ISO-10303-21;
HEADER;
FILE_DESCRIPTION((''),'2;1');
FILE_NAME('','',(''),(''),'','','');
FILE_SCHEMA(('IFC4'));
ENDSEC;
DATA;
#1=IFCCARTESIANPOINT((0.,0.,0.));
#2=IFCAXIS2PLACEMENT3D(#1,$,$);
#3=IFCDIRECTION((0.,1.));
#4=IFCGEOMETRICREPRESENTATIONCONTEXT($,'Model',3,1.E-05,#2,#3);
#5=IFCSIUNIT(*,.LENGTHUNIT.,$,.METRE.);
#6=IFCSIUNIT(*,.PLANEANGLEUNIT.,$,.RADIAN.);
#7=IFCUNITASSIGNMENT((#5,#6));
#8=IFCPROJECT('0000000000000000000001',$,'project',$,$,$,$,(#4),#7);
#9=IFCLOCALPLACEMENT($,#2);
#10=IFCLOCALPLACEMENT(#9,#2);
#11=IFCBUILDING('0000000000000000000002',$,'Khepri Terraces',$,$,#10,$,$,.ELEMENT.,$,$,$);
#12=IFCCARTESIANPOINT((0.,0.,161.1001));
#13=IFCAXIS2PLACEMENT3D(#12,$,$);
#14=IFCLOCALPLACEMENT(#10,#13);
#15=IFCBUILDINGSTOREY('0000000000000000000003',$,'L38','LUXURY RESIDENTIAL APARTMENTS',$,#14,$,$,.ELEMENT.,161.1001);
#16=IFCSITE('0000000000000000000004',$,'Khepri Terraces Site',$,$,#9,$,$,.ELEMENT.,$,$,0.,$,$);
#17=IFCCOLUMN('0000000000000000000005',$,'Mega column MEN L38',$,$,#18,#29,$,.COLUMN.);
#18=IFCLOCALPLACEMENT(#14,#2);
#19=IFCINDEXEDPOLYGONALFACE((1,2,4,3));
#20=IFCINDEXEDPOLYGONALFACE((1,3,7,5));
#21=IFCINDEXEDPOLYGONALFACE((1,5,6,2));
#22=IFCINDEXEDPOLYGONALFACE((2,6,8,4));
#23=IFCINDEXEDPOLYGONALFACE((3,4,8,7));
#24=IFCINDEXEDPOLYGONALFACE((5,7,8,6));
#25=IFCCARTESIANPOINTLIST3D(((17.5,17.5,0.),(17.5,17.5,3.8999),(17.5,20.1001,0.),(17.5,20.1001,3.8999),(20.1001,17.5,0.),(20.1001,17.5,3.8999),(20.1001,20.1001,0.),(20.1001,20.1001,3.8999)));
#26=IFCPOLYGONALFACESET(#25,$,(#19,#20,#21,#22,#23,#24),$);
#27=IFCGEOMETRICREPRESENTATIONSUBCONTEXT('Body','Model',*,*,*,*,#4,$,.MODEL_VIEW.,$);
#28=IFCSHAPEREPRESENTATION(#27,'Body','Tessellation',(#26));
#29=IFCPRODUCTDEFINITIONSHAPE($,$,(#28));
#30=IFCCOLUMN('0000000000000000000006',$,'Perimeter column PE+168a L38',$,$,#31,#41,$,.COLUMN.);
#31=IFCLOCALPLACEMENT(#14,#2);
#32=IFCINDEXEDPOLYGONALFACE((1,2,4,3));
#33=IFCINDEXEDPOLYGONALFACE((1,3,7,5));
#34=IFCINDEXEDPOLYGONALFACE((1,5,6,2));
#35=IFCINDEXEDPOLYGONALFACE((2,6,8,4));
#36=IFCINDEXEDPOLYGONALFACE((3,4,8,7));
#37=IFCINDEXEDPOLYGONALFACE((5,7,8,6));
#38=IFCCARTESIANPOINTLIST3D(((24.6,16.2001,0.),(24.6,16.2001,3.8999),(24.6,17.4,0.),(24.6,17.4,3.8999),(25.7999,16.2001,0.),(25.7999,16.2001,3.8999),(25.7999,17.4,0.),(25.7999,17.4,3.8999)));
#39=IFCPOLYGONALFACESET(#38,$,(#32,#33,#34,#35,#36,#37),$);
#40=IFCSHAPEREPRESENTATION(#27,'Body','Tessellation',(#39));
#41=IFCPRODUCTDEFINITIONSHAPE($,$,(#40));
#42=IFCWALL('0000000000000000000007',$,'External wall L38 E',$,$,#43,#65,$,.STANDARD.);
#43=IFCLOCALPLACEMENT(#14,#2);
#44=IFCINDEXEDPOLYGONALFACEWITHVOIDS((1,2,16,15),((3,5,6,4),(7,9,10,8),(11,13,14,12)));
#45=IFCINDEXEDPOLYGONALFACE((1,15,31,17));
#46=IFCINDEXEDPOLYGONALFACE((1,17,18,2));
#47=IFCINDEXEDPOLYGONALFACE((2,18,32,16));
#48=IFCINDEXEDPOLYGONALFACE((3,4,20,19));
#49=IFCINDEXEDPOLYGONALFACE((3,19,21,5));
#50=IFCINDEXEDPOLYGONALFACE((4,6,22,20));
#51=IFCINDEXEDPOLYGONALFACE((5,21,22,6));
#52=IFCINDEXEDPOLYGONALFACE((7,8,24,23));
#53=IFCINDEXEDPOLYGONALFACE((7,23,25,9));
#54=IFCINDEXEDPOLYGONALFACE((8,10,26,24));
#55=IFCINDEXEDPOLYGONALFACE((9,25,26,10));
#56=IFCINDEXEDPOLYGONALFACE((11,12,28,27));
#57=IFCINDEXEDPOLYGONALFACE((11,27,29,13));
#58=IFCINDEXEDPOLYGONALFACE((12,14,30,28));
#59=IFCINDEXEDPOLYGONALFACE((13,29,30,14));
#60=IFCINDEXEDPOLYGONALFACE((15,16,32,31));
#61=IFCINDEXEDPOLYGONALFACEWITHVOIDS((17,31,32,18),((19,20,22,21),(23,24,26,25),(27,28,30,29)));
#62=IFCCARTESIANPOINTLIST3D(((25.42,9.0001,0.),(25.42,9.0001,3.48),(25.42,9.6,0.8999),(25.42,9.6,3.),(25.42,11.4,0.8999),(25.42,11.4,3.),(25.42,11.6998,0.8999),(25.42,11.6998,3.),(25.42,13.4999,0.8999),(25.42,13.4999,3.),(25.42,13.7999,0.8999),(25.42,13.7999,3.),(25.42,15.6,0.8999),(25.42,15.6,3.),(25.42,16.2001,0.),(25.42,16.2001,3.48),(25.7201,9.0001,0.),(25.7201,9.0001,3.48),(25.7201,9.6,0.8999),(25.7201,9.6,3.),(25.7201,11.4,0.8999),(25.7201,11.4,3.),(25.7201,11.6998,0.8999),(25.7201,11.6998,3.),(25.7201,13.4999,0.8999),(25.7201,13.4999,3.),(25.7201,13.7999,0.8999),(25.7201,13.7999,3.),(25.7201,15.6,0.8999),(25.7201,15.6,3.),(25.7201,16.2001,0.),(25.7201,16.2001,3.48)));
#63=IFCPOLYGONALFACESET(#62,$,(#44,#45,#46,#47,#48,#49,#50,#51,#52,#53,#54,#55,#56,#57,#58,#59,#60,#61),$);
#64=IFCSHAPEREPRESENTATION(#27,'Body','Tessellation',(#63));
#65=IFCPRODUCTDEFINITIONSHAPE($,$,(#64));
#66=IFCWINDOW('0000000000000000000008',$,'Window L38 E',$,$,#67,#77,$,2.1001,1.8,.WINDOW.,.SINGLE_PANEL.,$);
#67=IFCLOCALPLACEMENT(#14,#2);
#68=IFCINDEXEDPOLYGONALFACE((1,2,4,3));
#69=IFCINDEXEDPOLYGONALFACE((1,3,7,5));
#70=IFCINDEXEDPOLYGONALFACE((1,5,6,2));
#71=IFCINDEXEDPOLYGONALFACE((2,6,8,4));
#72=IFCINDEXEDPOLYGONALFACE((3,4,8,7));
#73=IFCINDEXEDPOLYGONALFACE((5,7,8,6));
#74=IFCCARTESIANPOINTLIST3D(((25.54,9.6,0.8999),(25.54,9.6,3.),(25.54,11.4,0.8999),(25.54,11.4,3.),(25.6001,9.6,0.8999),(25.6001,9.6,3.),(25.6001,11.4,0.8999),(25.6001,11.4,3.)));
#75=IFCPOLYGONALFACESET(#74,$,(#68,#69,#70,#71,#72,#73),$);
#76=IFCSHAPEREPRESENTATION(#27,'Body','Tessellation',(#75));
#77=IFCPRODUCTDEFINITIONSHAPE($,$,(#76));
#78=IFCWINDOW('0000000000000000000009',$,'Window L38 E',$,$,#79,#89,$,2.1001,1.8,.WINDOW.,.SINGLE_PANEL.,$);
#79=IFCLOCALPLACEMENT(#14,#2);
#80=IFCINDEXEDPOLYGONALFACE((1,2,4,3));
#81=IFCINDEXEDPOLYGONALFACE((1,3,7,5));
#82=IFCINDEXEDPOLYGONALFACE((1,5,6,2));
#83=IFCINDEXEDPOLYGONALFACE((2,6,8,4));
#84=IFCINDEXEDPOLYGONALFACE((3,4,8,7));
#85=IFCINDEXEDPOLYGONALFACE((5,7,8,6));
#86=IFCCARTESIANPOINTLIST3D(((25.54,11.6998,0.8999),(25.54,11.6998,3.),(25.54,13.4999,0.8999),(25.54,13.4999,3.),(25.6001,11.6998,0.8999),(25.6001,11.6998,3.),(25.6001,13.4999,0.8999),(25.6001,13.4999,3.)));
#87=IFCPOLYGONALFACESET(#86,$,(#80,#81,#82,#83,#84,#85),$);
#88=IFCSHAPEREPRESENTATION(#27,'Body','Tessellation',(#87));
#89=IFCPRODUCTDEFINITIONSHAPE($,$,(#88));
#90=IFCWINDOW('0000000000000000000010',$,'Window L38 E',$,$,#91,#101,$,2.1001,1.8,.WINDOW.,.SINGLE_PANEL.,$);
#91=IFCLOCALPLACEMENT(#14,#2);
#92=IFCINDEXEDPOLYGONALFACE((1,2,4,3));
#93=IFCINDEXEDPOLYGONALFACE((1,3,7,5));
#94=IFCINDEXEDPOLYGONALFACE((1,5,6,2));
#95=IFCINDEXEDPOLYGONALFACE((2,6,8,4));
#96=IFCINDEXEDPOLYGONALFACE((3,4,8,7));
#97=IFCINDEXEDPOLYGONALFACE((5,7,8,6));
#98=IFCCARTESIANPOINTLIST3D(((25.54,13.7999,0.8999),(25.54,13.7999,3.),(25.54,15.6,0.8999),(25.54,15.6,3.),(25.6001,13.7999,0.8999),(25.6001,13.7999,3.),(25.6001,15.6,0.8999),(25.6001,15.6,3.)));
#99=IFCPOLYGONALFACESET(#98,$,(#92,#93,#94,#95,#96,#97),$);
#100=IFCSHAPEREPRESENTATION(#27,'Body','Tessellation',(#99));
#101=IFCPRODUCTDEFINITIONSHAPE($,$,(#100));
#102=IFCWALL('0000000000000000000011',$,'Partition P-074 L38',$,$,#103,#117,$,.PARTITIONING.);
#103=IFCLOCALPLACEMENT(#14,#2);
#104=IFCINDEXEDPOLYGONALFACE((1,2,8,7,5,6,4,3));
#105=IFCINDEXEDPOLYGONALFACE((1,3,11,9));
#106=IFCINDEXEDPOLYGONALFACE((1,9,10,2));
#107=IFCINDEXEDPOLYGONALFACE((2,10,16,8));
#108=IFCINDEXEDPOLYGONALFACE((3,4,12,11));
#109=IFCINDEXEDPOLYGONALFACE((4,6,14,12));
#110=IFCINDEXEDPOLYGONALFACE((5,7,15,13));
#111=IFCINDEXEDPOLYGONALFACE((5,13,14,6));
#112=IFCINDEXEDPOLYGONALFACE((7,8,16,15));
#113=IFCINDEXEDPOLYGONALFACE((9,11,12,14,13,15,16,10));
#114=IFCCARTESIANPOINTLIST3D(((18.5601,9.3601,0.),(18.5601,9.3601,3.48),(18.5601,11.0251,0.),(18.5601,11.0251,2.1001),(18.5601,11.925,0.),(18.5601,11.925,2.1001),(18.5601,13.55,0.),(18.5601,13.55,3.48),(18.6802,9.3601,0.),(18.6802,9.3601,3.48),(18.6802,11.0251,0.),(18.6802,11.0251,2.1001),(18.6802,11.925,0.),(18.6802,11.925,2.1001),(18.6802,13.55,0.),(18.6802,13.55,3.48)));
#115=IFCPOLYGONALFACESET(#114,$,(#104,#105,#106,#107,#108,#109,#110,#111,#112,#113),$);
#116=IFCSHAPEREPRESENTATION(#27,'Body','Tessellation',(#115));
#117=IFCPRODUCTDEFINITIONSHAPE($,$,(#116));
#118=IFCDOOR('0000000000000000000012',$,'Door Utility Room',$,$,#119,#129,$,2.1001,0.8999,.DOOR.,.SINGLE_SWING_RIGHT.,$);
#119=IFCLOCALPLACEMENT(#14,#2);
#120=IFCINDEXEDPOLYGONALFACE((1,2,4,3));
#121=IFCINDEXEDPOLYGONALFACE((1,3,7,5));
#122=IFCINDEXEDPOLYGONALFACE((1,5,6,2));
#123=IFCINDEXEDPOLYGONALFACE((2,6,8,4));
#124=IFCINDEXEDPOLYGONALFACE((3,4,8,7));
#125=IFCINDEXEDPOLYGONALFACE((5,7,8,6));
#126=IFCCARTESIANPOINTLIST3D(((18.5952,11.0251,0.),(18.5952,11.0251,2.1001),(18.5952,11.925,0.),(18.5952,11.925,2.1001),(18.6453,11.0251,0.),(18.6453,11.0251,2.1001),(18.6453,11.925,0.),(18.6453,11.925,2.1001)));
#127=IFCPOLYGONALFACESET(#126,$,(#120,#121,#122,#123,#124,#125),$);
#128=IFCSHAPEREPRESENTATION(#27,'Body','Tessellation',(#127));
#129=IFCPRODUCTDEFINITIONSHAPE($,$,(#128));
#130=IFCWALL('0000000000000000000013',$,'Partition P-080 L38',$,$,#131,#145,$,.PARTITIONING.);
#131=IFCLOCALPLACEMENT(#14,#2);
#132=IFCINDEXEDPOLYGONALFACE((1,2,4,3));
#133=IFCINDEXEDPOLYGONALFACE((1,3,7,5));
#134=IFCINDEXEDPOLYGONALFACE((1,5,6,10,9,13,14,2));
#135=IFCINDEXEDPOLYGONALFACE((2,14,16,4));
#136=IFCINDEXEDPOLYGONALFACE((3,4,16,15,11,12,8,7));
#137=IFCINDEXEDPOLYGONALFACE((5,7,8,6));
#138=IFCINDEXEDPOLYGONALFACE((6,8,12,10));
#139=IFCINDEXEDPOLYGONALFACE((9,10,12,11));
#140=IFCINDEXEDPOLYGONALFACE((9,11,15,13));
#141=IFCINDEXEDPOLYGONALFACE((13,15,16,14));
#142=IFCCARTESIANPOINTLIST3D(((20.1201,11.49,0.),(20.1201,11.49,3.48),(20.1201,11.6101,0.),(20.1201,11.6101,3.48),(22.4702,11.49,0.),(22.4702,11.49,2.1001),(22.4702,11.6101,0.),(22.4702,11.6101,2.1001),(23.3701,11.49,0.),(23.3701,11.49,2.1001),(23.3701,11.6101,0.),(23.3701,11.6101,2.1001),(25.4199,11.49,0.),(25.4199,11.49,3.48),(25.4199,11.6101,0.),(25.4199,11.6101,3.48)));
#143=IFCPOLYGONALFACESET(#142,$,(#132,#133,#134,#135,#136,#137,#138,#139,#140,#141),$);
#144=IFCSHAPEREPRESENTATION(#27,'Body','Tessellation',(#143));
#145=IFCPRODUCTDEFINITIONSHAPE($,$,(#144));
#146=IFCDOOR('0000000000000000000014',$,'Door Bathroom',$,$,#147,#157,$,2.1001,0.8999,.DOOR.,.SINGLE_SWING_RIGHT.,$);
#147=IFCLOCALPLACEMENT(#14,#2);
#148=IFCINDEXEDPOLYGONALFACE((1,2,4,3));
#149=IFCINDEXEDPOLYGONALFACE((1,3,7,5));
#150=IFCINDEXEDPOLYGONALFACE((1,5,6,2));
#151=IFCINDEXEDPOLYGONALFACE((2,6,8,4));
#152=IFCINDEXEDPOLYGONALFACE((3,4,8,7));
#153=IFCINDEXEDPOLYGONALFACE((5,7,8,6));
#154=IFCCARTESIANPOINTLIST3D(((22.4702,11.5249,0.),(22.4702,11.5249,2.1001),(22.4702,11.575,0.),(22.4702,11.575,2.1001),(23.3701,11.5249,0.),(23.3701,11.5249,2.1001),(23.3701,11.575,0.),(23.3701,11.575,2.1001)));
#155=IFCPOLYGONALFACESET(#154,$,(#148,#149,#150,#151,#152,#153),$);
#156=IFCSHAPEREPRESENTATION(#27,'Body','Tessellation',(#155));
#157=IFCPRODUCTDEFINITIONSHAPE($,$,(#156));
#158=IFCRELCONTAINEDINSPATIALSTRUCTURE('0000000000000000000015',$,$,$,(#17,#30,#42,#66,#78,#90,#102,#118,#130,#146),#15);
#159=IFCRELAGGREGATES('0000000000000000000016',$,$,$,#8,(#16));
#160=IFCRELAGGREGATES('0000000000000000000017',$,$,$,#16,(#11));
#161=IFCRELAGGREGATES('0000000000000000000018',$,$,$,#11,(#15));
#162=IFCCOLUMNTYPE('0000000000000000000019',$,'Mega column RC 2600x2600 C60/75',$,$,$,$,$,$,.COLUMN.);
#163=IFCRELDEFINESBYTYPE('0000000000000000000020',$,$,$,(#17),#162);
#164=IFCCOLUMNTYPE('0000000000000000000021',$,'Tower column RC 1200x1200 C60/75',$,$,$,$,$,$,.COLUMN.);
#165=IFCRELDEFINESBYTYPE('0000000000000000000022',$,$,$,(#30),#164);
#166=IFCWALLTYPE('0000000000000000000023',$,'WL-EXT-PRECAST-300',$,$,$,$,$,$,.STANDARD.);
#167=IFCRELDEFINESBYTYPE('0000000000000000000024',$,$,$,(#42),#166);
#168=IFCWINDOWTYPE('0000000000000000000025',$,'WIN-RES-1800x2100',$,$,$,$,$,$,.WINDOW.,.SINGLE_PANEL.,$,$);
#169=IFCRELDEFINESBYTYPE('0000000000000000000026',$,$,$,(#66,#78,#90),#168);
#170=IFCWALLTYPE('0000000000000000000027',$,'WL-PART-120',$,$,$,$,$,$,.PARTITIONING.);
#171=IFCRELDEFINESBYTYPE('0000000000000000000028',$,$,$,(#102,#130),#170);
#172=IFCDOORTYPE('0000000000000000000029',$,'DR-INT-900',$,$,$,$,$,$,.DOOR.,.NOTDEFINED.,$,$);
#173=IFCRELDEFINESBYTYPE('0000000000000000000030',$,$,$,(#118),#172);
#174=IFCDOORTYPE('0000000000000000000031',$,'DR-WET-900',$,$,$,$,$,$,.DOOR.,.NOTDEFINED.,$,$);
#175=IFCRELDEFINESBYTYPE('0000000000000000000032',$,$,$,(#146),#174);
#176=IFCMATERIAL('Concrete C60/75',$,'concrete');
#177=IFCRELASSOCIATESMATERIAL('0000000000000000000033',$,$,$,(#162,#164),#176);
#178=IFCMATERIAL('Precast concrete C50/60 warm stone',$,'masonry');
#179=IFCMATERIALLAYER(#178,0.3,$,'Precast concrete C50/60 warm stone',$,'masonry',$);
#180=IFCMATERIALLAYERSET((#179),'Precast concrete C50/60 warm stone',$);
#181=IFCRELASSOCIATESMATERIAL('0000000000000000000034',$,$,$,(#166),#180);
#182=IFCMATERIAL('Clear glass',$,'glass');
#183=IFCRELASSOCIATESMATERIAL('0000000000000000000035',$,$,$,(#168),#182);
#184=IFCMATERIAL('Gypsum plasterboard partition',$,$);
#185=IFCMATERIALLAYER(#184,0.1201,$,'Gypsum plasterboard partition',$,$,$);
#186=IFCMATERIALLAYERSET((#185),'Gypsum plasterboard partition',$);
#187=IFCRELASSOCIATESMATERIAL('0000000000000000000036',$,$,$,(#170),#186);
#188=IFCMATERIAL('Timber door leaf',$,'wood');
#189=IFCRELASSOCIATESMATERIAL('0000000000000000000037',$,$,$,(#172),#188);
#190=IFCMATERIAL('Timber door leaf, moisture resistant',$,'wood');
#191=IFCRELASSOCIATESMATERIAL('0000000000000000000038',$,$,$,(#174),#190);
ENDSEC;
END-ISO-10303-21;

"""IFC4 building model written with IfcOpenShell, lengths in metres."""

from ifc_helpers import new_model, si_unit, direction, frame, frame_2d, origin, origin_2d, place, context, subcontext, project, spatial, rectangle, extrude, material, layer, layer_set, material_profile, profile_set, type_object, element, fill, save


model = new_model("IFC4")

# Units and contexts
model_context = context("Model", 3, precision=1e-05, world=origin(), true_north=direction((0.0, 1.0)))
body_context = subcontext(model_context, "Body", "Model", "MODEL_VIEW")
ifc_project = project(units=[si_unit("LENGTHUNIT", "METRE"), si_unit("PLANEANGLEUNIT", "RADIAN")], contexts=[model_context])

# Site, building, storey
site_placement = place(None, origin())
site = spatial("IfcSite", under=ifc_project, at=site_placement, Name="Khepri Terraces Site", CompositionType="ELEMENT", RefElevation=0.0)
building_placement = place(site_placement, origin())
building = spatial("IfcBuilding", under=site, at=building_placement, Name="Khepri Terraces", CompositionType="ELEMENT")
storey_placement = place(building_placement, frame((0.0, 0.0, 161.1001)))
storey = spatial("IfcBuildingStorey", under=building, at=storey_placement, Name="L38", Description="LUXURY RESIDENTIAL APARTMENTS", CompositionType="ELEMENT", Elevation=161.1001)

# Columns
ifc_material_1 = material(Name="Concrete C60/75", Category="concrete")
ifc_material_profile_1 = material_profile(ifc_material_1, rectangle(XDim=2.6001, YDim=2.6001, at=origin_2d()), Name="Concrete C60/75", Category="concrete")
ifc_profile_set_1 = profile_set([ifc_material_profile_1], Name="Concrete C60/75")
column_type_1 = type_object("IfcColumnType", Name="Mega column RC 2600x2600 C60/75", PredefinedType="COLUMN", material=ifc_profile_set_1)
column_1_placement = place(storey_placement, frame((18.8, 18.8, 0.0), z_axis=(0.0, 0.0, 1.0), x_axis=(1.0, 0.0, 0.0)))
element("IfcColumn", 1, at=column_1_placement, inside=storey, type_object=column_type_1, Name="Mega column MEN L38", PredefinedType="COLUMN", context=body_context, shape_type="SweptSolid", body=[
    extrude(rectangle(XDim=2.6001, YDim=2.6001, at=origin_2d()), origin(), (0.0, 0.0, 1.0), 3.8999),
])
ifc_material_profile_2 = material_profile(ifc_material_1, rectangle(XDim=1.2, YDim=1.2, at=origin_2d()), Name="Concrete C60/75", Category="concrete")
ifc_profile_set_2 = profile_set([ifc_material_profile_2], Name="Concrete C60/75")
column_type_2 = type_object("IfcColumnType", Name="Tower column RC 1200x1200 C60/75", PredefinedType="COLUMN", material=ifc_profile_set_2)
column_2_placement = place(storey_placement, frame((25.2, 16.8, 0.0), z_axis=(0.0, 0.0, 1.0), x_axis=(1.0, 0.0, 0.0)))
element("IfcColumn", 2, at=column_2_placement, inside=storey, type_object=column_type_2, Name="Perimeter column PE+168a L38", PredefinedType="COLUMN", context=body_context, shape_type="SweptSolid", body=[
    extrude(rectangle(XDim=1.2, YDim=1.2, at=origin_2d()), origin(), (0.0, 0.0, 1.0), 3.8999),
])

# Wall, openings, windows
ifc_material_2 = material(Name="Precast concrete C50/60 warm stone", Category="masonry")
ifc_layer_1 = layer(ifc_material_2, 0.3, Name="Precast concrete C50/60 warm stone", Category="masonry")
ifc_layer_set_1 = layer_set([ifc_layer_1], Name="Precast concrete C50/60 warm stone")
wall_type_1 = type_object("IfcWallType", Name="WL-EXT-PRECAST-300", PredefinedType="STANDARD", material=ifc_layer_set_1)
wall_1_placement = place(storey_placement, frame((25.5701, 9.0, 0.0), z_axis=(0.0, 0.0, 1.0), x_axis=(0.0, 1.0, 0.0)))
wall_1 = element("IfcWall", 3, at=wall_1_placement, inside=storey, type_object=wall_type_1, Name="External wall L38 E", PredefinedType="STANDARD", context=body_context, shape_type="SweptSolid", body=[
    extrude(rectangle(XDim=7.2, YDim=0.3, at=frame_2d((3.6001, 0.0))), origin(), (0.0, 0.0, 1.0), 3.48),
])
opening_1_placement = place(wall_1_placement, frame((0.6001, 0.0, 0.8999)))
opening_1 = element("IfcOpeningElement", 4, at=opening_1_placement, cuts=wall_1, PredefinedType="OPENING", context=body_context, shape_type="SweptSolid", body=[
    extrude(rectangle(XDim=1.8, YDim=2.1001, at=frame_2d((0.8999, 1.05))), frame((0.0, 0.1602, 0.0), z_axis=(0.0, -1.0, 0.0), x_axis=(1.0, 0.0, 0.0)), (0.0, 0.0, 1.0), 0.3201),
])
opening_2_placement = place(wall_1_placement, frame((2.7, 0.0, 0.8999)))
opening_2 = element("IfcOpeningElement", 5, at=opening_2_placement, cuts=wall_1, PredefinedType="OPENING", context=body_context, shape_type="SweptSolid", body=[
    extrude(rectangle(XDim=1.8, YDim=2.1001, at=frame_2d((0.8999, 1.05))), frame((0.0, 0.1602, 0.0), z_axis=(0.0, -1.0, 0.0), x_axis=(1.0, 0.0, 0.0)), (0.0, 0.0, 1.0), 0.3201),
])
opening_3_placement = place(wall_1_placement, frame((4.8, 0.0, 0.8999)))
opening_3 = element("IfcOpeningElement", 6, at=opening_3_placement, cuts=wall_1, PredefinedType="OPENING", context=body_context, shape_type="SweptSolid", body=[
    extrude(rectangle(XDim=1.8, YDim=2.1001, at=frame_2d((0.8999, 1.05))), frame((0.0, 0.1602, 0.0), z_axis=(0.0, -1.0, 0.0), x_axis=(1.0, 0.0, 0.0)), (0.0, 0.0, 1.0), 0.3201),
])
ifc_material_3 = material(Name="Clear glass", Category="glass")
window_type = type_object("IfcWindowType", Name="WIN-RES-1800x2100", PartitioningType="SINGLE_PANEL", PredefinedType="WINDOW", material=ifc_material_3)
window_1_placement = place(opening_1_placement, origin())
window_1 = element("IfcWindow", 7, at=window_1_placement, inside=storey, type_object=window_type, Name="Window L38 E", OverallHeight=2.1001, OverallWidth=1.8, PartitioningType="SINGLE_PANEL", PredefinedType="WINDOW", context=body_context, shape_type="SweptSolid", body=[
    extrude(rectangle(XDim=1.8, YDim=2.1001, at=frame_2d((0.8999, 1.05))), frame((0.0, 0.03, 0.0), z_axis=(0.0, -1.0, 0.0), x_axis=(1.0, 0.0, 0.0)), (0.0, 0.0, 1.0), 0.0601),
])
fill(opening_1, window_1)
window_2_placement = place(opening_2_placement, origin())
window_2 = element("IfcWindow", 8, at=window_2_placement, inside=storey, type_object=window_type, Name="Window L38 E", OverallHeight=2.1001, OverallWidth=1.8, PartitioningType="SINGLE_PANEL", PredefinedType="WINDOW", context=body_context, shape_type="SweptSolid", body=[
    extrude(rectangle(XDim=1.8, YDim=2.1001, at=frame_2d((0.8999, 1.05))), frame((0.0, 0.03, 0.0), z_axis=(0.0, -1.0, 0.0), x_axis=(1.0, 0.0, 0.0)), (0.0, 0.0, 1.0), 0.0601),
])
fill(opening_2, window_2)
window_3_placement = place(opening_3_placement, origin())
window_3 = element("IfcWindow", 9, at=window_3_placement, inside=storey, type_object=window_type, Name="Window L38 E", OverallHeight=2.1001, OverallWidth=1.8, PartitioningType="SINGLE_PANEL", PredefinedType="WINDOW", context=body_context, shape_type="SweptSolid", body=[
    extrude(rectangle(XDim=1.8, YDim=2.1001, at=frame_2d((0.8999, 1.05))), frame((0.0, 0.03, 0.0), z_axis=(0.0, -1.0, 0.0), x_axis=(1.0, 0.0, 0.0)), (0.0, 0.0, 1.0), 0.0601),
])
fill(opening_3, window_3)

# Walls, openings, doors
ifc_material_4 = material(Name="Gypsum plasterboard partition")
ifc_layer_2 = layer(ifc_material_4, 0.1201, Name="Gypsum plasterboard partition")
ifc_layer_set_2 = layer_set([ifc_layer_2], Name="Gypsum plasterboard partition")
wall_type_2 = type_object("IfcWallType", Name="WL-PART-120", PredefinedType="PARTITIONING", material=ifc_layer_set_2)
wall_2_placement = place(storey_placement, frame((18.6201, 9.3601, 0.0), z_axis=(0.0, 0.0, 1.0), x_axis=(0.0, 1.0, 0.0)))
wall_2 = element("IfcWall", 10, at=wall_2_placement, inside=storey, type_object=wall_type_2, Name="Partition P-074 L38", PredefinedType="PARTITIONING", context=body_context, shape_type="SweptSolid", body=[
    extrude(rectangle(XDim=4.1899, YDim=0.1201, at=frame_2d((2.095, 0.0))), origin(), (0.0, 0.0, 1.0), 3.48),
])
opening_4_placement = place(wall_2_placement, frame((1.665, 0.0, 0.0)))
opening_4 = element("IfcOpeningElement", 11, at=opening_4_placement, cuts=wall_2, PredefinedType="OPENING", context=body_context, shape_type="SweptSolid", body=[
    extrude(rectangle(XDim=0.8999, YDim=2.1001, at=frame_2d((0.45, 1.05))), frame((0.0, 0.0701, 0.0), z_axis=(0.0, -1.0, 0.0), x_axis=(1.0, 0.0, 0.0)), (0.0, 0.0, 1.0), 0.1401),
])
ifc_material_5 = material(Name="Timber door leaf", Category="wood")
door_type_1 = type_object("IfcDoorType", Name="DR-INT-900", OperationType="NOTDEFINED", PredefinedType="DOOR", material=ifc_material_5)
door_1_placement = place(opening_4_placement, origin())
door_1 = element("IfcDoor", 12, at=door_1_placement, inside=storey, type_object=door_type_1, Name="Door Utility Room", OperationType="SINGLE_SWING_RIGHT", OverallHeight=2.1001, OverallWidth=0.8999, PredefinedType="DOOR", context=body_context, shape_type="SweptSolid", body=[
    extrude(rectangle(XDim=0.8999, YDim=2.1001, at=frame_2d((0.45, 1.05))), frame((0.0, 0.0249, 0.0), z_axis=(0.0, -1.0, 0.0), x_axis=(1.0, 0.0, 0.0)), (0.0, 0.0, 1.0), 0.05),
])
fill(opening_4, door_1)
wall_3_placement = place(storey_placement, frame((20.1201, 11.55, 0.0), z_axis=(0.0, 0.0, 1.0), x_axis=(1.0, 0.0, 0.0)))
wall_3 = element("IfcWall", 13, at=wall_3_placement, inside=storey, type_object=wall_type_2, Name="Partition P-080 L38", PredefinedType="PARTITIONING", context=body_context, shape_type="SweptSolid", body=[
    extrude(rectangle(XDim=5.2998, YDim=0.1201, at=frame_2d((2.6499, 0.0))), origin(), (0.0, 0.0, 1.0), 3.48),
])
opening_5_placement = place(wall_3_placement, frame((2.3501, 0.0, 0.0)))
opening_5 = element("IfcOpeningElement", 14, at=opening_5_placement, cuts=wall_3, PredefinedType="OPENING", context=body_context, shape_type="SweptSolid", body=[
    extrude(rectangle(XDim=0.8999, YDim=2.1001, at=frame_2d((0.45, 1.05))), frame((0.0, 0.0701, 0.0), z_axis=(0.0, -1.0, 0.0), x_axis=(1.0, 0.0, 0.0)), (0.0, 0.0, 1.0), 0.1401),
])
ifc_material_6 = material(Name="Timber door leaf, moisture resistant", Category="wood")
door_type_2 = type_object("IfcDoorType", Name="DR-WET-900", OperationType="NOTDEFINED", PredefinedType="DOOR", material=ifc_material_6)
door_2_placement = place(opening_5_placement, origin())
door_2 = element("IfcDoor", 15, at=door_2_placement, inside=storey, type_object=door_type_2, Name="Door Bathroom", OperationType="SINGLE_SWING_RIGHT", OverallHeight=2.1001, OverallWidth=0.8999, PredefinedType="DOOR", context=body_context, shape_type="SweptSolid", body=[
    extrude(rectangle(XDim=0.8999, YDim=2.1001, at=frame_2d((0.45, 1.05))), frame((0.0, 0.0249, 0.0), z_axis=(0.0, -1.0, 0.0), x_axis=(1.0, 0.0, 0.0)), (0.0, 0.0, 1.0), 0.05),
])
fill(opening_5, door_2)

save(model, "model.ifc")
